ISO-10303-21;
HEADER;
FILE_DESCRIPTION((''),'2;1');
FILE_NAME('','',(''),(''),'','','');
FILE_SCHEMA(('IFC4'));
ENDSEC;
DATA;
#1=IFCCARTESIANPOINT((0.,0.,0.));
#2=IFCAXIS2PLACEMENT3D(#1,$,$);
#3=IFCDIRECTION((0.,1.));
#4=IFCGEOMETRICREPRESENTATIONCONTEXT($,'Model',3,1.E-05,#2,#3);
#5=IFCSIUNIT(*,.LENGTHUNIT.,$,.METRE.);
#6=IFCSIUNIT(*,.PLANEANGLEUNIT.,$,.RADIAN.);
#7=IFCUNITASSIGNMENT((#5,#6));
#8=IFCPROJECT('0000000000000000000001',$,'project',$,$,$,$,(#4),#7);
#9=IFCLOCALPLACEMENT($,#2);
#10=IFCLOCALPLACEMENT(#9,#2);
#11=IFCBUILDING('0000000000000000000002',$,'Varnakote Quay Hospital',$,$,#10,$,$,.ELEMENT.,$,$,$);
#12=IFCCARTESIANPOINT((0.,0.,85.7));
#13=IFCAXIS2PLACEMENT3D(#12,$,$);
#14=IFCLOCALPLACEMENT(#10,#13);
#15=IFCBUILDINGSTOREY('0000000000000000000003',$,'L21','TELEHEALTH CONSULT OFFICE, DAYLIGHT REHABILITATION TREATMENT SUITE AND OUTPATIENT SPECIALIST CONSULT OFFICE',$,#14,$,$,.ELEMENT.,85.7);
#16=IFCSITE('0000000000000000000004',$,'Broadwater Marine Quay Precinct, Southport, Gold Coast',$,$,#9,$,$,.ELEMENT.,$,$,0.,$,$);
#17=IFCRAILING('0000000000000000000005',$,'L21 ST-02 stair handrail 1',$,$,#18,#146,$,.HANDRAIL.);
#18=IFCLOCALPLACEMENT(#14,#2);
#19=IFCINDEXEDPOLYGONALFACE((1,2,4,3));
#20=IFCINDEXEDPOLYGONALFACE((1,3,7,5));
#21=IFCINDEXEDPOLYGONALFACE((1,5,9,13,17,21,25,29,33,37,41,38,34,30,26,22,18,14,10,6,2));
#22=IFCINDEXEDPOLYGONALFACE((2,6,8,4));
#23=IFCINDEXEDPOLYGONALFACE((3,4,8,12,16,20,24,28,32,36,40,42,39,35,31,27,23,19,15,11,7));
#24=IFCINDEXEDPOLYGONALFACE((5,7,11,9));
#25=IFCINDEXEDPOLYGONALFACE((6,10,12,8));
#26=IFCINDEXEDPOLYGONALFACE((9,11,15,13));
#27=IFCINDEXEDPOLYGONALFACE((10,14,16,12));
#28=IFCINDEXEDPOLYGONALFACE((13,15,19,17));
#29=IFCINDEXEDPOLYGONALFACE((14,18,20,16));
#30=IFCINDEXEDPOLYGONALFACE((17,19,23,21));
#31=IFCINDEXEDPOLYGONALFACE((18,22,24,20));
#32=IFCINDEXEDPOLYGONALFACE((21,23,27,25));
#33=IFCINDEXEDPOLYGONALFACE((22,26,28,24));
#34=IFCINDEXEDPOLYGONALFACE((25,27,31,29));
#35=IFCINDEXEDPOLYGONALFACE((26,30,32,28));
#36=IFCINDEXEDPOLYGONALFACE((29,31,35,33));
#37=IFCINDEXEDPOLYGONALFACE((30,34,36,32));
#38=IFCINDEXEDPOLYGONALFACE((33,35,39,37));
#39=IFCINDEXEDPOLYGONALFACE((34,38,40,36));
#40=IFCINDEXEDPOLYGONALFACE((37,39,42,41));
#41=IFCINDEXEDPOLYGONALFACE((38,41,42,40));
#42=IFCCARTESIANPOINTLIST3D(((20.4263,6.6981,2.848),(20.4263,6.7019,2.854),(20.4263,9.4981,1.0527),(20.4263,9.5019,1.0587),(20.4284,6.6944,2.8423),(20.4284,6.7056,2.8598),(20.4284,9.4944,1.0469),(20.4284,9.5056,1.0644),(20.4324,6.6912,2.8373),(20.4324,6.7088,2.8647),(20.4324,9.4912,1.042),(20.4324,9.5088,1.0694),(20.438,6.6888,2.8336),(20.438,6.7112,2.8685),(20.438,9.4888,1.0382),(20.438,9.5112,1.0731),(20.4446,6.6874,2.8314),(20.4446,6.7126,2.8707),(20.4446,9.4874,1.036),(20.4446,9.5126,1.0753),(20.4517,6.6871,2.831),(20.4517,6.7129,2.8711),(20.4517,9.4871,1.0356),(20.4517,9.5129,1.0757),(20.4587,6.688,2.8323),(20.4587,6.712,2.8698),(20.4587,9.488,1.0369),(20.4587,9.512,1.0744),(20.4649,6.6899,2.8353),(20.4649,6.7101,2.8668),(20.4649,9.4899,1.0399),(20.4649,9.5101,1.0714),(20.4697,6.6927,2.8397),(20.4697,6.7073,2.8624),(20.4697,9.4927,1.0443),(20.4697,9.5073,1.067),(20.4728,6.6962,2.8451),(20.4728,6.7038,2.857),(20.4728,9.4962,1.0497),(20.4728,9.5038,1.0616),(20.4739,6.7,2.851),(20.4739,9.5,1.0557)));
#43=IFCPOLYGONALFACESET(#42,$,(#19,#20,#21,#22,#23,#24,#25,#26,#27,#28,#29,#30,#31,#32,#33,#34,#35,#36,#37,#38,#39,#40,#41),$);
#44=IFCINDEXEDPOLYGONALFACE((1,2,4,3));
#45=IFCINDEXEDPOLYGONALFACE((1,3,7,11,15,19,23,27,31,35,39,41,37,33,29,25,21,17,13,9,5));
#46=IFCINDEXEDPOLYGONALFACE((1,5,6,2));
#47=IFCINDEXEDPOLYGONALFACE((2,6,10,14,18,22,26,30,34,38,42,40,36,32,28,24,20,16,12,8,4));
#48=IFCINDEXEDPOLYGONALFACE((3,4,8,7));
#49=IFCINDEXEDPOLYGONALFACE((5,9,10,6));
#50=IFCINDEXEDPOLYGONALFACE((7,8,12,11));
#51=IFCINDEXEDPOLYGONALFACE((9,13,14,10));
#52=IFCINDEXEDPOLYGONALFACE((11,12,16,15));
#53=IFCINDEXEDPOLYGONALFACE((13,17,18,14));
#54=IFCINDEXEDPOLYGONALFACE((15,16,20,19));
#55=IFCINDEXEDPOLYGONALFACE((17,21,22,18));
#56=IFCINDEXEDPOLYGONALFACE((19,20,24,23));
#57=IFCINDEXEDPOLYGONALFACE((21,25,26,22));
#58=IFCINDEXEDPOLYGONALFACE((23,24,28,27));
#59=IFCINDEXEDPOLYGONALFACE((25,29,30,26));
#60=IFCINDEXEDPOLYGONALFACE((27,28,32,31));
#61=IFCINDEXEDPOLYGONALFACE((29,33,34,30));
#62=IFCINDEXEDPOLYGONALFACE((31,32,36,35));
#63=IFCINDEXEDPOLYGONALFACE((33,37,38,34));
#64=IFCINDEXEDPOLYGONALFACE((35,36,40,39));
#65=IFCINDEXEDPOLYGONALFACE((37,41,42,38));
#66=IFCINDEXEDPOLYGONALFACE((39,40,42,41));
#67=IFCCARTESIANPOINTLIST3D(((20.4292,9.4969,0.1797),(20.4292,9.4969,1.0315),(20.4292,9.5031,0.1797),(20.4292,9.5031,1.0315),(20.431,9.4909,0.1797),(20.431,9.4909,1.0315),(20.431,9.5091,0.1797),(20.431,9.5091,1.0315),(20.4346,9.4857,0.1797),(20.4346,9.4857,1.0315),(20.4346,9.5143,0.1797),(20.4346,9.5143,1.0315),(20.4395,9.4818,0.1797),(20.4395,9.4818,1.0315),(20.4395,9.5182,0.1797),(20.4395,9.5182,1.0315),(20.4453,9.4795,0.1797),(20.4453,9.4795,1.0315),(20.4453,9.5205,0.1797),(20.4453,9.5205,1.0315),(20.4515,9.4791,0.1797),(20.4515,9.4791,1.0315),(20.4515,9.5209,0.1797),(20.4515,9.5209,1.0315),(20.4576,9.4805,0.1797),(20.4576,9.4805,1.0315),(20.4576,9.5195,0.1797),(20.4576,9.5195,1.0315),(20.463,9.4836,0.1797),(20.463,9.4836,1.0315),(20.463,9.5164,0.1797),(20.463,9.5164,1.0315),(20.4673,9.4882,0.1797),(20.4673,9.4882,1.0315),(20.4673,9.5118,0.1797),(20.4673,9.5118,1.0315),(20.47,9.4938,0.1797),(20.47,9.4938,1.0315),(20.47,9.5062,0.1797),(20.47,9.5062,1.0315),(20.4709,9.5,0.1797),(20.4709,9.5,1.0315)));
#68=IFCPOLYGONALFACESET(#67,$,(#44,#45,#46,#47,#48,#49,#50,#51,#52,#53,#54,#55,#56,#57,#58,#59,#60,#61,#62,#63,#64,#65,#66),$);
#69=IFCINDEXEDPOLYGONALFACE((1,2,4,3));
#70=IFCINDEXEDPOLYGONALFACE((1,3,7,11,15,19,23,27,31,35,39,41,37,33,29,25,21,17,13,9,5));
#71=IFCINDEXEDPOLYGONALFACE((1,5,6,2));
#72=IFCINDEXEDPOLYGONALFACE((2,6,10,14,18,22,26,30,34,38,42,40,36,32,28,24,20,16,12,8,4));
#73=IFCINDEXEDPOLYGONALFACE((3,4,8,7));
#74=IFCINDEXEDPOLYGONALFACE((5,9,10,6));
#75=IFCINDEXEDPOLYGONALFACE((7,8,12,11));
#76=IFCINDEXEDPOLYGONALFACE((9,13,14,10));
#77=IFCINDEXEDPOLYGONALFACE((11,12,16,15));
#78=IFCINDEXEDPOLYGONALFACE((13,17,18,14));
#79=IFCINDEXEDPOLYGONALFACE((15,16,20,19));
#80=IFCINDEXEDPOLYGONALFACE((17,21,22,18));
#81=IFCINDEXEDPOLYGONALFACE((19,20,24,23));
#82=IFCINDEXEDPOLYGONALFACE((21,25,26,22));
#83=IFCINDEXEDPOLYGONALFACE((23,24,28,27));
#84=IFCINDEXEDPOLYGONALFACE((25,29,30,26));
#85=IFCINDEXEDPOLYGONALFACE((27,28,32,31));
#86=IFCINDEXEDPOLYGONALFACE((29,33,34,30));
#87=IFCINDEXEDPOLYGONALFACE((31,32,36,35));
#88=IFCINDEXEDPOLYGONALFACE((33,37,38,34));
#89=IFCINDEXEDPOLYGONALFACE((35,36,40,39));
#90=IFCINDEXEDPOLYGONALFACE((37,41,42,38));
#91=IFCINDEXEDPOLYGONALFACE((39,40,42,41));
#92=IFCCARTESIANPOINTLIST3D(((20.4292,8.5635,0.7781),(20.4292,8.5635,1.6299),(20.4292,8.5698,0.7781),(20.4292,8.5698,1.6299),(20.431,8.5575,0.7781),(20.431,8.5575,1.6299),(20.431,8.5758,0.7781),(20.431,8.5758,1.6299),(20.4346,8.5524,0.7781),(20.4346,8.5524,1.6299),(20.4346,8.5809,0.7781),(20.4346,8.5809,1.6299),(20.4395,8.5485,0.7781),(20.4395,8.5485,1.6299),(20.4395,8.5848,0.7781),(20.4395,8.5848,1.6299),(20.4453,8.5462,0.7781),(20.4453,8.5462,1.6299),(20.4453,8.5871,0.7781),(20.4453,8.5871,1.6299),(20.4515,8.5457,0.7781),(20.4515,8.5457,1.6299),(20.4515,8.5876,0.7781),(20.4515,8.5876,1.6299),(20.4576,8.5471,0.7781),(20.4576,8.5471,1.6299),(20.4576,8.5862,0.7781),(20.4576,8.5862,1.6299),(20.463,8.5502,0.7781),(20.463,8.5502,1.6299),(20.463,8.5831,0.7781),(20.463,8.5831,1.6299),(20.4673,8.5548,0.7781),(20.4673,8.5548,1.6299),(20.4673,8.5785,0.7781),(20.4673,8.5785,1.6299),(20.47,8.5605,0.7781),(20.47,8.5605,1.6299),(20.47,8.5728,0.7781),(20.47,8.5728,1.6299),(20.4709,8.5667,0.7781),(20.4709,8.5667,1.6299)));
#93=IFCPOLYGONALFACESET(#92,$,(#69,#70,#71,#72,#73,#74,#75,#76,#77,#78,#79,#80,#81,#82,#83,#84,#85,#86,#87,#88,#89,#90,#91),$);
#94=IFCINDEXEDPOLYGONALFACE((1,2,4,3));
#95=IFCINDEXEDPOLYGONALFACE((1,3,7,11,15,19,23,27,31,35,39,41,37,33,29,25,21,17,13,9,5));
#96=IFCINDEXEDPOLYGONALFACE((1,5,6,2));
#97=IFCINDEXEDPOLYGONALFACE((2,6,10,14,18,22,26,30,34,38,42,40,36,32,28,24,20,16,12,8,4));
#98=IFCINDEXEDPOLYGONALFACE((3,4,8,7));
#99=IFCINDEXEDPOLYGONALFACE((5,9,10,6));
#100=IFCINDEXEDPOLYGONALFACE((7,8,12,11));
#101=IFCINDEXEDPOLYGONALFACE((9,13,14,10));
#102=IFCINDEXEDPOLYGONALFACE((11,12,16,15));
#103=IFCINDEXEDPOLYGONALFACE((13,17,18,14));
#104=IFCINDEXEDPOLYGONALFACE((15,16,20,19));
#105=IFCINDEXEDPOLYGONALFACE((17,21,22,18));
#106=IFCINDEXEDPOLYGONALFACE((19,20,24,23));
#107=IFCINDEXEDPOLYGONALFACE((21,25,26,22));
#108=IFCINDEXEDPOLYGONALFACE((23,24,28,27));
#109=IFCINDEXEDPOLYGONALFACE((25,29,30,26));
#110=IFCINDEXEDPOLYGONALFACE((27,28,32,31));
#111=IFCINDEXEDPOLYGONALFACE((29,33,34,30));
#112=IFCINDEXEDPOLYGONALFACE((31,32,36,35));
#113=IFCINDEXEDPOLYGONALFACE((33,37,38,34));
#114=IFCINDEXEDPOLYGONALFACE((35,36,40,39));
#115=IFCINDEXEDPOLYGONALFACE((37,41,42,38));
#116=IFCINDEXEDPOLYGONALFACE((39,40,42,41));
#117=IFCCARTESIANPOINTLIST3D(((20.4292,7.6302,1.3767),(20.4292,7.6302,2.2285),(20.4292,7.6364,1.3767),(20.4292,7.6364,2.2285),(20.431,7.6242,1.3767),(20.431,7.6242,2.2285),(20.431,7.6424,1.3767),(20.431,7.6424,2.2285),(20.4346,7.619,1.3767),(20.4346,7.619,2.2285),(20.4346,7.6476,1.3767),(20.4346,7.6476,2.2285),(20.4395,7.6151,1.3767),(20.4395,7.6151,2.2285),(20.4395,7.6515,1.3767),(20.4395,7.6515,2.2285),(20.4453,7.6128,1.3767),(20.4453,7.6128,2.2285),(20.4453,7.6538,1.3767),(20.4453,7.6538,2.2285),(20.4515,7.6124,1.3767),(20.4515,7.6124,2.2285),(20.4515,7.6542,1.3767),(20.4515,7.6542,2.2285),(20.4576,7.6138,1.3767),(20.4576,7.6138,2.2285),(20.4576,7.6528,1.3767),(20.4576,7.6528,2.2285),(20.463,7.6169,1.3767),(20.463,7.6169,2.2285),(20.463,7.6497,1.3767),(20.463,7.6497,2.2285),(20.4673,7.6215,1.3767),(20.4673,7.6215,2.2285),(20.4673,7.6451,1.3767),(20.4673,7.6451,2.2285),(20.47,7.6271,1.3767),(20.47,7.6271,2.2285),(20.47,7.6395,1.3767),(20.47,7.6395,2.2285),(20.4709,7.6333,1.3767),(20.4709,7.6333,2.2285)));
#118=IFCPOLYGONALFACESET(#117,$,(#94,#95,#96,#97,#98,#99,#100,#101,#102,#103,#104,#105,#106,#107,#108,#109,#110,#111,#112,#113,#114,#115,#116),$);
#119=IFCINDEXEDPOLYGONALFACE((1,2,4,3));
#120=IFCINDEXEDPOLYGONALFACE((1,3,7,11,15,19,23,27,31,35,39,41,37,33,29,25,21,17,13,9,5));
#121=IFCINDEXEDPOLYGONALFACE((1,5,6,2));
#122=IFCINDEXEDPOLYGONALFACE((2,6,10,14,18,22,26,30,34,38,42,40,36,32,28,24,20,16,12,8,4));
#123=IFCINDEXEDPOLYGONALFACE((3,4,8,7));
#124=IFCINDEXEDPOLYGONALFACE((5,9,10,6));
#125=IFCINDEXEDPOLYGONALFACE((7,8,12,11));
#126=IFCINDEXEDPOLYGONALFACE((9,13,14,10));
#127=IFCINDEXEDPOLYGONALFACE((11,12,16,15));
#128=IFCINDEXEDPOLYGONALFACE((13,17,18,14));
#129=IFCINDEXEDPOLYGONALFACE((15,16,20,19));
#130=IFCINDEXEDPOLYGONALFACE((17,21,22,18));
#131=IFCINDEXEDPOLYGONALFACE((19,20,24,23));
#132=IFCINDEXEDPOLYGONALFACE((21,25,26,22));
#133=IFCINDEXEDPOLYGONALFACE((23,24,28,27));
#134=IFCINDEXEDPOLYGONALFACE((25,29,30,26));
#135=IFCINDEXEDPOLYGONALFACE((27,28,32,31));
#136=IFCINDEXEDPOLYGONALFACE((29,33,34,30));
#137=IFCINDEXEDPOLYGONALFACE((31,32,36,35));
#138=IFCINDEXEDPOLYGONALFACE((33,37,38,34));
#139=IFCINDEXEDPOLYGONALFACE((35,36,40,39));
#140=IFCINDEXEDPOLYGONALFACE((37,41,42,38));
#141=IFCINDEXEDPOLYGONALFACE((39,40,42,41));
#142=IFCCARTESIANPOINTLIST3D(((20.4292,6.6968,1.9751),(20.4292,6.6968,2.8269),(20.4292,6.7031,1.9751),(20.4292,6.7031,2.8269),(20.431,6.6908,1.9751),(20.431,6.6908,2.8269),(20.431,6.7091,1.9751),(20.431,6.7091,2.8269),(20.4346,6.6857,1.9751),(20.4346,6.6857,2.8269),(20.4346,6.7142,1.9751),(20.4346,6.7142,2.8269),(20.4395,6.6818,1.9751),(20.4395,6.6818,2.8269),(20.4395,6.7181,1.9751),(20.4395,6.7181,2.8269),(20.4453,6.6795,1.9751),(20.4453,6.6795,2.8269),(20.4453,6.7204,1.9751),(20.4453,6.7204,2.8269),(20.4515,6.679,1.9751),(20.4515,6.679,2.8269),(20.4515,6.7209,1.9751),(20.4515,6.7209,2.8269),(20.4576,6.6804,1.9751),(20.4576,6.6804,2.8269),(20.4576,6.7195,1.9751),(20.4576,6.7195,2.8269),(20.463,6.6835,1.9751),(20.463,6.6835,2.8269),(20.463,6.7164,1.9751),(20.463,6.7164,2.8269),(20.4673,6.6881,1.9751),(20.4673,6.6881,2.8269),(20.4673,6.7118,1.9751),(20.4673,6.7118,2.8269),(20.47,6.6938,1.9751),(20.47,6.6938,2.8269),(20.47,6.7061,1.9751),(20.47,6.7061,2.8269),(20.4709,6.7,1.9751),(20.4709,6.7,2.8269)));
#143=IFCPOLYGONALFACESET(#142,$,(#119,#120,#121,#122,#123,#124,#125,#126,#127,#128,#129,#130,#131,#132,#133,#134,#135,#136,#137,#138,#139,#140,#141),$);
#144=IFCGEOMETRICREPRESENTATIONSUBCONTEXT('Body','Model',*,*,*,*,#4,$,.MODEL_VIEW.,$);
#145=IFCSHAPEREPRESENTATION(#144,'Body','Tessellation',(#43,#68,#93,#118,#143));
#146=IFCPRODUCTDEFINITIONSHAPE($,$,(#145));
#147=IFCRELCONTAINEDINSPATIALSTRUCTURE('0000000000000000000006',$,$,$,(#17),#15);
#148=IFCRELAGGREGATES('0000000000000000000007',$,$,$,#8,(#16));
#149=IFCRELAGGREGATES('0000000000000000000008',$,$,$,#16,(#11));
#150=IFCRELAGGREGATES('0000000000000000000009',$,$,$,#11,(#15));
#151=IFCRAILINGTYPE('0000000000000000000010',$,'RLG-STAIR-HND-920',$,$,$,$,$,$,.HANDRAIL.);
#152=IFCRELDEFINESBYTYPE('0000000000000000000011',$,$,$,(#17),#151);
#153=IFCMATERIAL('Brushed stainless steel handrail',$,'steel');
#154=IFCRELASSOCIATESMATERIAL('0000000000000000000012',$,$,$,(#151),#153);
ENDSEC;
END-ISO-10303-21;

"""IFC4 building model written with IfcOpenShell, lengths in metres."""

from ifc_helpers import new_model, si_unit, direction, frame, origin, origin_2d, place, context, subcontext, project, spatial, circle, extrude, material, type_object, element, save


model = new_model("IFC4")

# Units and contexts
model_context = context("Model", 3, precision=1e-05, world=origin(), true_north=direction((0.0, 1.0)))
body_context = subcontext(model_context, "Body", "Model", "MODEL_VIEW")
ifc_project = project(units=[si_unit("LENGTHUNIT", "METRE"), si_unit("PLANEANGLEUNIT", "RADIAN")], contexts=[model_context])

# Site, building, storey
site_placement = place(None, origin())
site = spatial("IfcSite", under=ifc_project, at=site_placement, Name="Broadwater Marine Quay Precinct, Southport, Gold Coast", CompositionType="ELEMENT", RefElevation=0.0)
building_placement = place(site_placement, origin())
building = spatial("IfcBuilding", under=site, at=building_placement, Name="Varnakote Quay Hospital", CompositionType="ELEMENT")
storey_placement = place(building_placement, frame((0.0, 0.0, 85.7)))
storey = spatial("IfcBuildingStorey", under=building, at=storey_placement, Name="L21", Description="TELEHEALTH CONSULT OFFICE, DAYLIGHT REHABILITATION TREATMENT SUITE AND OUTPATIENT SPECIALIST CONSULT OFFICE", CompositionType="ELEMENT", Elevation=85.7)

# Railing
ifc_material_1 = material(Name="Brushed stainless steel handrail", Category="steel")
railing_type_1 = type_object("IfcRailingType", Name="RLG-STAIR-HND-920", PredefinedType="HANDRAIL", material=ifc_material_1)
railing_1_placement = place(storey_placement, frame((20.45, 9.5, 0.1797)))
element("IfcRailing", 1, at=railing_1_placement, inside=storey, type_object=railing_type_1, Name="L21 ST-02 stair handrail 1", PredefinedType="HANDRAIL", context=body_context, shape_type="SweptSolid", body=[
    extrude(circle(Radius=0.0239, at=origin_2d()), frame((0.0, 0.0, 0.876), z_axis=(0.0, -0.84181, 0.539774), x_axis=(1.0, 0.0, 0.0)), (0.0, 0.0, 1.0), 3.3262),
    extrude(circle(Radius=0.021, at=origin_2d()), origin(), (0.0, 0.0, 1.0), 0.8518),
    extrude(circle(Radius=0.021, at=origin_2d()), frame((0.0, -0.9333, 0.5984)), (0.0, 0.0, 1.0), 0.8518),
    extrude(circle(Radius=0.021, at=origin_2d()), frame((0.0, -1.8667, 1.197)), (0.0, 0.0, 1.0), 0.8518),
    extrude(circle(Radius=0.021, at=origin_2d()), frame((0.0, -2.8, 1.7954)), (0.0, 0.0, 1.0), 0.8518),
])

save(model, "model.ifc")
